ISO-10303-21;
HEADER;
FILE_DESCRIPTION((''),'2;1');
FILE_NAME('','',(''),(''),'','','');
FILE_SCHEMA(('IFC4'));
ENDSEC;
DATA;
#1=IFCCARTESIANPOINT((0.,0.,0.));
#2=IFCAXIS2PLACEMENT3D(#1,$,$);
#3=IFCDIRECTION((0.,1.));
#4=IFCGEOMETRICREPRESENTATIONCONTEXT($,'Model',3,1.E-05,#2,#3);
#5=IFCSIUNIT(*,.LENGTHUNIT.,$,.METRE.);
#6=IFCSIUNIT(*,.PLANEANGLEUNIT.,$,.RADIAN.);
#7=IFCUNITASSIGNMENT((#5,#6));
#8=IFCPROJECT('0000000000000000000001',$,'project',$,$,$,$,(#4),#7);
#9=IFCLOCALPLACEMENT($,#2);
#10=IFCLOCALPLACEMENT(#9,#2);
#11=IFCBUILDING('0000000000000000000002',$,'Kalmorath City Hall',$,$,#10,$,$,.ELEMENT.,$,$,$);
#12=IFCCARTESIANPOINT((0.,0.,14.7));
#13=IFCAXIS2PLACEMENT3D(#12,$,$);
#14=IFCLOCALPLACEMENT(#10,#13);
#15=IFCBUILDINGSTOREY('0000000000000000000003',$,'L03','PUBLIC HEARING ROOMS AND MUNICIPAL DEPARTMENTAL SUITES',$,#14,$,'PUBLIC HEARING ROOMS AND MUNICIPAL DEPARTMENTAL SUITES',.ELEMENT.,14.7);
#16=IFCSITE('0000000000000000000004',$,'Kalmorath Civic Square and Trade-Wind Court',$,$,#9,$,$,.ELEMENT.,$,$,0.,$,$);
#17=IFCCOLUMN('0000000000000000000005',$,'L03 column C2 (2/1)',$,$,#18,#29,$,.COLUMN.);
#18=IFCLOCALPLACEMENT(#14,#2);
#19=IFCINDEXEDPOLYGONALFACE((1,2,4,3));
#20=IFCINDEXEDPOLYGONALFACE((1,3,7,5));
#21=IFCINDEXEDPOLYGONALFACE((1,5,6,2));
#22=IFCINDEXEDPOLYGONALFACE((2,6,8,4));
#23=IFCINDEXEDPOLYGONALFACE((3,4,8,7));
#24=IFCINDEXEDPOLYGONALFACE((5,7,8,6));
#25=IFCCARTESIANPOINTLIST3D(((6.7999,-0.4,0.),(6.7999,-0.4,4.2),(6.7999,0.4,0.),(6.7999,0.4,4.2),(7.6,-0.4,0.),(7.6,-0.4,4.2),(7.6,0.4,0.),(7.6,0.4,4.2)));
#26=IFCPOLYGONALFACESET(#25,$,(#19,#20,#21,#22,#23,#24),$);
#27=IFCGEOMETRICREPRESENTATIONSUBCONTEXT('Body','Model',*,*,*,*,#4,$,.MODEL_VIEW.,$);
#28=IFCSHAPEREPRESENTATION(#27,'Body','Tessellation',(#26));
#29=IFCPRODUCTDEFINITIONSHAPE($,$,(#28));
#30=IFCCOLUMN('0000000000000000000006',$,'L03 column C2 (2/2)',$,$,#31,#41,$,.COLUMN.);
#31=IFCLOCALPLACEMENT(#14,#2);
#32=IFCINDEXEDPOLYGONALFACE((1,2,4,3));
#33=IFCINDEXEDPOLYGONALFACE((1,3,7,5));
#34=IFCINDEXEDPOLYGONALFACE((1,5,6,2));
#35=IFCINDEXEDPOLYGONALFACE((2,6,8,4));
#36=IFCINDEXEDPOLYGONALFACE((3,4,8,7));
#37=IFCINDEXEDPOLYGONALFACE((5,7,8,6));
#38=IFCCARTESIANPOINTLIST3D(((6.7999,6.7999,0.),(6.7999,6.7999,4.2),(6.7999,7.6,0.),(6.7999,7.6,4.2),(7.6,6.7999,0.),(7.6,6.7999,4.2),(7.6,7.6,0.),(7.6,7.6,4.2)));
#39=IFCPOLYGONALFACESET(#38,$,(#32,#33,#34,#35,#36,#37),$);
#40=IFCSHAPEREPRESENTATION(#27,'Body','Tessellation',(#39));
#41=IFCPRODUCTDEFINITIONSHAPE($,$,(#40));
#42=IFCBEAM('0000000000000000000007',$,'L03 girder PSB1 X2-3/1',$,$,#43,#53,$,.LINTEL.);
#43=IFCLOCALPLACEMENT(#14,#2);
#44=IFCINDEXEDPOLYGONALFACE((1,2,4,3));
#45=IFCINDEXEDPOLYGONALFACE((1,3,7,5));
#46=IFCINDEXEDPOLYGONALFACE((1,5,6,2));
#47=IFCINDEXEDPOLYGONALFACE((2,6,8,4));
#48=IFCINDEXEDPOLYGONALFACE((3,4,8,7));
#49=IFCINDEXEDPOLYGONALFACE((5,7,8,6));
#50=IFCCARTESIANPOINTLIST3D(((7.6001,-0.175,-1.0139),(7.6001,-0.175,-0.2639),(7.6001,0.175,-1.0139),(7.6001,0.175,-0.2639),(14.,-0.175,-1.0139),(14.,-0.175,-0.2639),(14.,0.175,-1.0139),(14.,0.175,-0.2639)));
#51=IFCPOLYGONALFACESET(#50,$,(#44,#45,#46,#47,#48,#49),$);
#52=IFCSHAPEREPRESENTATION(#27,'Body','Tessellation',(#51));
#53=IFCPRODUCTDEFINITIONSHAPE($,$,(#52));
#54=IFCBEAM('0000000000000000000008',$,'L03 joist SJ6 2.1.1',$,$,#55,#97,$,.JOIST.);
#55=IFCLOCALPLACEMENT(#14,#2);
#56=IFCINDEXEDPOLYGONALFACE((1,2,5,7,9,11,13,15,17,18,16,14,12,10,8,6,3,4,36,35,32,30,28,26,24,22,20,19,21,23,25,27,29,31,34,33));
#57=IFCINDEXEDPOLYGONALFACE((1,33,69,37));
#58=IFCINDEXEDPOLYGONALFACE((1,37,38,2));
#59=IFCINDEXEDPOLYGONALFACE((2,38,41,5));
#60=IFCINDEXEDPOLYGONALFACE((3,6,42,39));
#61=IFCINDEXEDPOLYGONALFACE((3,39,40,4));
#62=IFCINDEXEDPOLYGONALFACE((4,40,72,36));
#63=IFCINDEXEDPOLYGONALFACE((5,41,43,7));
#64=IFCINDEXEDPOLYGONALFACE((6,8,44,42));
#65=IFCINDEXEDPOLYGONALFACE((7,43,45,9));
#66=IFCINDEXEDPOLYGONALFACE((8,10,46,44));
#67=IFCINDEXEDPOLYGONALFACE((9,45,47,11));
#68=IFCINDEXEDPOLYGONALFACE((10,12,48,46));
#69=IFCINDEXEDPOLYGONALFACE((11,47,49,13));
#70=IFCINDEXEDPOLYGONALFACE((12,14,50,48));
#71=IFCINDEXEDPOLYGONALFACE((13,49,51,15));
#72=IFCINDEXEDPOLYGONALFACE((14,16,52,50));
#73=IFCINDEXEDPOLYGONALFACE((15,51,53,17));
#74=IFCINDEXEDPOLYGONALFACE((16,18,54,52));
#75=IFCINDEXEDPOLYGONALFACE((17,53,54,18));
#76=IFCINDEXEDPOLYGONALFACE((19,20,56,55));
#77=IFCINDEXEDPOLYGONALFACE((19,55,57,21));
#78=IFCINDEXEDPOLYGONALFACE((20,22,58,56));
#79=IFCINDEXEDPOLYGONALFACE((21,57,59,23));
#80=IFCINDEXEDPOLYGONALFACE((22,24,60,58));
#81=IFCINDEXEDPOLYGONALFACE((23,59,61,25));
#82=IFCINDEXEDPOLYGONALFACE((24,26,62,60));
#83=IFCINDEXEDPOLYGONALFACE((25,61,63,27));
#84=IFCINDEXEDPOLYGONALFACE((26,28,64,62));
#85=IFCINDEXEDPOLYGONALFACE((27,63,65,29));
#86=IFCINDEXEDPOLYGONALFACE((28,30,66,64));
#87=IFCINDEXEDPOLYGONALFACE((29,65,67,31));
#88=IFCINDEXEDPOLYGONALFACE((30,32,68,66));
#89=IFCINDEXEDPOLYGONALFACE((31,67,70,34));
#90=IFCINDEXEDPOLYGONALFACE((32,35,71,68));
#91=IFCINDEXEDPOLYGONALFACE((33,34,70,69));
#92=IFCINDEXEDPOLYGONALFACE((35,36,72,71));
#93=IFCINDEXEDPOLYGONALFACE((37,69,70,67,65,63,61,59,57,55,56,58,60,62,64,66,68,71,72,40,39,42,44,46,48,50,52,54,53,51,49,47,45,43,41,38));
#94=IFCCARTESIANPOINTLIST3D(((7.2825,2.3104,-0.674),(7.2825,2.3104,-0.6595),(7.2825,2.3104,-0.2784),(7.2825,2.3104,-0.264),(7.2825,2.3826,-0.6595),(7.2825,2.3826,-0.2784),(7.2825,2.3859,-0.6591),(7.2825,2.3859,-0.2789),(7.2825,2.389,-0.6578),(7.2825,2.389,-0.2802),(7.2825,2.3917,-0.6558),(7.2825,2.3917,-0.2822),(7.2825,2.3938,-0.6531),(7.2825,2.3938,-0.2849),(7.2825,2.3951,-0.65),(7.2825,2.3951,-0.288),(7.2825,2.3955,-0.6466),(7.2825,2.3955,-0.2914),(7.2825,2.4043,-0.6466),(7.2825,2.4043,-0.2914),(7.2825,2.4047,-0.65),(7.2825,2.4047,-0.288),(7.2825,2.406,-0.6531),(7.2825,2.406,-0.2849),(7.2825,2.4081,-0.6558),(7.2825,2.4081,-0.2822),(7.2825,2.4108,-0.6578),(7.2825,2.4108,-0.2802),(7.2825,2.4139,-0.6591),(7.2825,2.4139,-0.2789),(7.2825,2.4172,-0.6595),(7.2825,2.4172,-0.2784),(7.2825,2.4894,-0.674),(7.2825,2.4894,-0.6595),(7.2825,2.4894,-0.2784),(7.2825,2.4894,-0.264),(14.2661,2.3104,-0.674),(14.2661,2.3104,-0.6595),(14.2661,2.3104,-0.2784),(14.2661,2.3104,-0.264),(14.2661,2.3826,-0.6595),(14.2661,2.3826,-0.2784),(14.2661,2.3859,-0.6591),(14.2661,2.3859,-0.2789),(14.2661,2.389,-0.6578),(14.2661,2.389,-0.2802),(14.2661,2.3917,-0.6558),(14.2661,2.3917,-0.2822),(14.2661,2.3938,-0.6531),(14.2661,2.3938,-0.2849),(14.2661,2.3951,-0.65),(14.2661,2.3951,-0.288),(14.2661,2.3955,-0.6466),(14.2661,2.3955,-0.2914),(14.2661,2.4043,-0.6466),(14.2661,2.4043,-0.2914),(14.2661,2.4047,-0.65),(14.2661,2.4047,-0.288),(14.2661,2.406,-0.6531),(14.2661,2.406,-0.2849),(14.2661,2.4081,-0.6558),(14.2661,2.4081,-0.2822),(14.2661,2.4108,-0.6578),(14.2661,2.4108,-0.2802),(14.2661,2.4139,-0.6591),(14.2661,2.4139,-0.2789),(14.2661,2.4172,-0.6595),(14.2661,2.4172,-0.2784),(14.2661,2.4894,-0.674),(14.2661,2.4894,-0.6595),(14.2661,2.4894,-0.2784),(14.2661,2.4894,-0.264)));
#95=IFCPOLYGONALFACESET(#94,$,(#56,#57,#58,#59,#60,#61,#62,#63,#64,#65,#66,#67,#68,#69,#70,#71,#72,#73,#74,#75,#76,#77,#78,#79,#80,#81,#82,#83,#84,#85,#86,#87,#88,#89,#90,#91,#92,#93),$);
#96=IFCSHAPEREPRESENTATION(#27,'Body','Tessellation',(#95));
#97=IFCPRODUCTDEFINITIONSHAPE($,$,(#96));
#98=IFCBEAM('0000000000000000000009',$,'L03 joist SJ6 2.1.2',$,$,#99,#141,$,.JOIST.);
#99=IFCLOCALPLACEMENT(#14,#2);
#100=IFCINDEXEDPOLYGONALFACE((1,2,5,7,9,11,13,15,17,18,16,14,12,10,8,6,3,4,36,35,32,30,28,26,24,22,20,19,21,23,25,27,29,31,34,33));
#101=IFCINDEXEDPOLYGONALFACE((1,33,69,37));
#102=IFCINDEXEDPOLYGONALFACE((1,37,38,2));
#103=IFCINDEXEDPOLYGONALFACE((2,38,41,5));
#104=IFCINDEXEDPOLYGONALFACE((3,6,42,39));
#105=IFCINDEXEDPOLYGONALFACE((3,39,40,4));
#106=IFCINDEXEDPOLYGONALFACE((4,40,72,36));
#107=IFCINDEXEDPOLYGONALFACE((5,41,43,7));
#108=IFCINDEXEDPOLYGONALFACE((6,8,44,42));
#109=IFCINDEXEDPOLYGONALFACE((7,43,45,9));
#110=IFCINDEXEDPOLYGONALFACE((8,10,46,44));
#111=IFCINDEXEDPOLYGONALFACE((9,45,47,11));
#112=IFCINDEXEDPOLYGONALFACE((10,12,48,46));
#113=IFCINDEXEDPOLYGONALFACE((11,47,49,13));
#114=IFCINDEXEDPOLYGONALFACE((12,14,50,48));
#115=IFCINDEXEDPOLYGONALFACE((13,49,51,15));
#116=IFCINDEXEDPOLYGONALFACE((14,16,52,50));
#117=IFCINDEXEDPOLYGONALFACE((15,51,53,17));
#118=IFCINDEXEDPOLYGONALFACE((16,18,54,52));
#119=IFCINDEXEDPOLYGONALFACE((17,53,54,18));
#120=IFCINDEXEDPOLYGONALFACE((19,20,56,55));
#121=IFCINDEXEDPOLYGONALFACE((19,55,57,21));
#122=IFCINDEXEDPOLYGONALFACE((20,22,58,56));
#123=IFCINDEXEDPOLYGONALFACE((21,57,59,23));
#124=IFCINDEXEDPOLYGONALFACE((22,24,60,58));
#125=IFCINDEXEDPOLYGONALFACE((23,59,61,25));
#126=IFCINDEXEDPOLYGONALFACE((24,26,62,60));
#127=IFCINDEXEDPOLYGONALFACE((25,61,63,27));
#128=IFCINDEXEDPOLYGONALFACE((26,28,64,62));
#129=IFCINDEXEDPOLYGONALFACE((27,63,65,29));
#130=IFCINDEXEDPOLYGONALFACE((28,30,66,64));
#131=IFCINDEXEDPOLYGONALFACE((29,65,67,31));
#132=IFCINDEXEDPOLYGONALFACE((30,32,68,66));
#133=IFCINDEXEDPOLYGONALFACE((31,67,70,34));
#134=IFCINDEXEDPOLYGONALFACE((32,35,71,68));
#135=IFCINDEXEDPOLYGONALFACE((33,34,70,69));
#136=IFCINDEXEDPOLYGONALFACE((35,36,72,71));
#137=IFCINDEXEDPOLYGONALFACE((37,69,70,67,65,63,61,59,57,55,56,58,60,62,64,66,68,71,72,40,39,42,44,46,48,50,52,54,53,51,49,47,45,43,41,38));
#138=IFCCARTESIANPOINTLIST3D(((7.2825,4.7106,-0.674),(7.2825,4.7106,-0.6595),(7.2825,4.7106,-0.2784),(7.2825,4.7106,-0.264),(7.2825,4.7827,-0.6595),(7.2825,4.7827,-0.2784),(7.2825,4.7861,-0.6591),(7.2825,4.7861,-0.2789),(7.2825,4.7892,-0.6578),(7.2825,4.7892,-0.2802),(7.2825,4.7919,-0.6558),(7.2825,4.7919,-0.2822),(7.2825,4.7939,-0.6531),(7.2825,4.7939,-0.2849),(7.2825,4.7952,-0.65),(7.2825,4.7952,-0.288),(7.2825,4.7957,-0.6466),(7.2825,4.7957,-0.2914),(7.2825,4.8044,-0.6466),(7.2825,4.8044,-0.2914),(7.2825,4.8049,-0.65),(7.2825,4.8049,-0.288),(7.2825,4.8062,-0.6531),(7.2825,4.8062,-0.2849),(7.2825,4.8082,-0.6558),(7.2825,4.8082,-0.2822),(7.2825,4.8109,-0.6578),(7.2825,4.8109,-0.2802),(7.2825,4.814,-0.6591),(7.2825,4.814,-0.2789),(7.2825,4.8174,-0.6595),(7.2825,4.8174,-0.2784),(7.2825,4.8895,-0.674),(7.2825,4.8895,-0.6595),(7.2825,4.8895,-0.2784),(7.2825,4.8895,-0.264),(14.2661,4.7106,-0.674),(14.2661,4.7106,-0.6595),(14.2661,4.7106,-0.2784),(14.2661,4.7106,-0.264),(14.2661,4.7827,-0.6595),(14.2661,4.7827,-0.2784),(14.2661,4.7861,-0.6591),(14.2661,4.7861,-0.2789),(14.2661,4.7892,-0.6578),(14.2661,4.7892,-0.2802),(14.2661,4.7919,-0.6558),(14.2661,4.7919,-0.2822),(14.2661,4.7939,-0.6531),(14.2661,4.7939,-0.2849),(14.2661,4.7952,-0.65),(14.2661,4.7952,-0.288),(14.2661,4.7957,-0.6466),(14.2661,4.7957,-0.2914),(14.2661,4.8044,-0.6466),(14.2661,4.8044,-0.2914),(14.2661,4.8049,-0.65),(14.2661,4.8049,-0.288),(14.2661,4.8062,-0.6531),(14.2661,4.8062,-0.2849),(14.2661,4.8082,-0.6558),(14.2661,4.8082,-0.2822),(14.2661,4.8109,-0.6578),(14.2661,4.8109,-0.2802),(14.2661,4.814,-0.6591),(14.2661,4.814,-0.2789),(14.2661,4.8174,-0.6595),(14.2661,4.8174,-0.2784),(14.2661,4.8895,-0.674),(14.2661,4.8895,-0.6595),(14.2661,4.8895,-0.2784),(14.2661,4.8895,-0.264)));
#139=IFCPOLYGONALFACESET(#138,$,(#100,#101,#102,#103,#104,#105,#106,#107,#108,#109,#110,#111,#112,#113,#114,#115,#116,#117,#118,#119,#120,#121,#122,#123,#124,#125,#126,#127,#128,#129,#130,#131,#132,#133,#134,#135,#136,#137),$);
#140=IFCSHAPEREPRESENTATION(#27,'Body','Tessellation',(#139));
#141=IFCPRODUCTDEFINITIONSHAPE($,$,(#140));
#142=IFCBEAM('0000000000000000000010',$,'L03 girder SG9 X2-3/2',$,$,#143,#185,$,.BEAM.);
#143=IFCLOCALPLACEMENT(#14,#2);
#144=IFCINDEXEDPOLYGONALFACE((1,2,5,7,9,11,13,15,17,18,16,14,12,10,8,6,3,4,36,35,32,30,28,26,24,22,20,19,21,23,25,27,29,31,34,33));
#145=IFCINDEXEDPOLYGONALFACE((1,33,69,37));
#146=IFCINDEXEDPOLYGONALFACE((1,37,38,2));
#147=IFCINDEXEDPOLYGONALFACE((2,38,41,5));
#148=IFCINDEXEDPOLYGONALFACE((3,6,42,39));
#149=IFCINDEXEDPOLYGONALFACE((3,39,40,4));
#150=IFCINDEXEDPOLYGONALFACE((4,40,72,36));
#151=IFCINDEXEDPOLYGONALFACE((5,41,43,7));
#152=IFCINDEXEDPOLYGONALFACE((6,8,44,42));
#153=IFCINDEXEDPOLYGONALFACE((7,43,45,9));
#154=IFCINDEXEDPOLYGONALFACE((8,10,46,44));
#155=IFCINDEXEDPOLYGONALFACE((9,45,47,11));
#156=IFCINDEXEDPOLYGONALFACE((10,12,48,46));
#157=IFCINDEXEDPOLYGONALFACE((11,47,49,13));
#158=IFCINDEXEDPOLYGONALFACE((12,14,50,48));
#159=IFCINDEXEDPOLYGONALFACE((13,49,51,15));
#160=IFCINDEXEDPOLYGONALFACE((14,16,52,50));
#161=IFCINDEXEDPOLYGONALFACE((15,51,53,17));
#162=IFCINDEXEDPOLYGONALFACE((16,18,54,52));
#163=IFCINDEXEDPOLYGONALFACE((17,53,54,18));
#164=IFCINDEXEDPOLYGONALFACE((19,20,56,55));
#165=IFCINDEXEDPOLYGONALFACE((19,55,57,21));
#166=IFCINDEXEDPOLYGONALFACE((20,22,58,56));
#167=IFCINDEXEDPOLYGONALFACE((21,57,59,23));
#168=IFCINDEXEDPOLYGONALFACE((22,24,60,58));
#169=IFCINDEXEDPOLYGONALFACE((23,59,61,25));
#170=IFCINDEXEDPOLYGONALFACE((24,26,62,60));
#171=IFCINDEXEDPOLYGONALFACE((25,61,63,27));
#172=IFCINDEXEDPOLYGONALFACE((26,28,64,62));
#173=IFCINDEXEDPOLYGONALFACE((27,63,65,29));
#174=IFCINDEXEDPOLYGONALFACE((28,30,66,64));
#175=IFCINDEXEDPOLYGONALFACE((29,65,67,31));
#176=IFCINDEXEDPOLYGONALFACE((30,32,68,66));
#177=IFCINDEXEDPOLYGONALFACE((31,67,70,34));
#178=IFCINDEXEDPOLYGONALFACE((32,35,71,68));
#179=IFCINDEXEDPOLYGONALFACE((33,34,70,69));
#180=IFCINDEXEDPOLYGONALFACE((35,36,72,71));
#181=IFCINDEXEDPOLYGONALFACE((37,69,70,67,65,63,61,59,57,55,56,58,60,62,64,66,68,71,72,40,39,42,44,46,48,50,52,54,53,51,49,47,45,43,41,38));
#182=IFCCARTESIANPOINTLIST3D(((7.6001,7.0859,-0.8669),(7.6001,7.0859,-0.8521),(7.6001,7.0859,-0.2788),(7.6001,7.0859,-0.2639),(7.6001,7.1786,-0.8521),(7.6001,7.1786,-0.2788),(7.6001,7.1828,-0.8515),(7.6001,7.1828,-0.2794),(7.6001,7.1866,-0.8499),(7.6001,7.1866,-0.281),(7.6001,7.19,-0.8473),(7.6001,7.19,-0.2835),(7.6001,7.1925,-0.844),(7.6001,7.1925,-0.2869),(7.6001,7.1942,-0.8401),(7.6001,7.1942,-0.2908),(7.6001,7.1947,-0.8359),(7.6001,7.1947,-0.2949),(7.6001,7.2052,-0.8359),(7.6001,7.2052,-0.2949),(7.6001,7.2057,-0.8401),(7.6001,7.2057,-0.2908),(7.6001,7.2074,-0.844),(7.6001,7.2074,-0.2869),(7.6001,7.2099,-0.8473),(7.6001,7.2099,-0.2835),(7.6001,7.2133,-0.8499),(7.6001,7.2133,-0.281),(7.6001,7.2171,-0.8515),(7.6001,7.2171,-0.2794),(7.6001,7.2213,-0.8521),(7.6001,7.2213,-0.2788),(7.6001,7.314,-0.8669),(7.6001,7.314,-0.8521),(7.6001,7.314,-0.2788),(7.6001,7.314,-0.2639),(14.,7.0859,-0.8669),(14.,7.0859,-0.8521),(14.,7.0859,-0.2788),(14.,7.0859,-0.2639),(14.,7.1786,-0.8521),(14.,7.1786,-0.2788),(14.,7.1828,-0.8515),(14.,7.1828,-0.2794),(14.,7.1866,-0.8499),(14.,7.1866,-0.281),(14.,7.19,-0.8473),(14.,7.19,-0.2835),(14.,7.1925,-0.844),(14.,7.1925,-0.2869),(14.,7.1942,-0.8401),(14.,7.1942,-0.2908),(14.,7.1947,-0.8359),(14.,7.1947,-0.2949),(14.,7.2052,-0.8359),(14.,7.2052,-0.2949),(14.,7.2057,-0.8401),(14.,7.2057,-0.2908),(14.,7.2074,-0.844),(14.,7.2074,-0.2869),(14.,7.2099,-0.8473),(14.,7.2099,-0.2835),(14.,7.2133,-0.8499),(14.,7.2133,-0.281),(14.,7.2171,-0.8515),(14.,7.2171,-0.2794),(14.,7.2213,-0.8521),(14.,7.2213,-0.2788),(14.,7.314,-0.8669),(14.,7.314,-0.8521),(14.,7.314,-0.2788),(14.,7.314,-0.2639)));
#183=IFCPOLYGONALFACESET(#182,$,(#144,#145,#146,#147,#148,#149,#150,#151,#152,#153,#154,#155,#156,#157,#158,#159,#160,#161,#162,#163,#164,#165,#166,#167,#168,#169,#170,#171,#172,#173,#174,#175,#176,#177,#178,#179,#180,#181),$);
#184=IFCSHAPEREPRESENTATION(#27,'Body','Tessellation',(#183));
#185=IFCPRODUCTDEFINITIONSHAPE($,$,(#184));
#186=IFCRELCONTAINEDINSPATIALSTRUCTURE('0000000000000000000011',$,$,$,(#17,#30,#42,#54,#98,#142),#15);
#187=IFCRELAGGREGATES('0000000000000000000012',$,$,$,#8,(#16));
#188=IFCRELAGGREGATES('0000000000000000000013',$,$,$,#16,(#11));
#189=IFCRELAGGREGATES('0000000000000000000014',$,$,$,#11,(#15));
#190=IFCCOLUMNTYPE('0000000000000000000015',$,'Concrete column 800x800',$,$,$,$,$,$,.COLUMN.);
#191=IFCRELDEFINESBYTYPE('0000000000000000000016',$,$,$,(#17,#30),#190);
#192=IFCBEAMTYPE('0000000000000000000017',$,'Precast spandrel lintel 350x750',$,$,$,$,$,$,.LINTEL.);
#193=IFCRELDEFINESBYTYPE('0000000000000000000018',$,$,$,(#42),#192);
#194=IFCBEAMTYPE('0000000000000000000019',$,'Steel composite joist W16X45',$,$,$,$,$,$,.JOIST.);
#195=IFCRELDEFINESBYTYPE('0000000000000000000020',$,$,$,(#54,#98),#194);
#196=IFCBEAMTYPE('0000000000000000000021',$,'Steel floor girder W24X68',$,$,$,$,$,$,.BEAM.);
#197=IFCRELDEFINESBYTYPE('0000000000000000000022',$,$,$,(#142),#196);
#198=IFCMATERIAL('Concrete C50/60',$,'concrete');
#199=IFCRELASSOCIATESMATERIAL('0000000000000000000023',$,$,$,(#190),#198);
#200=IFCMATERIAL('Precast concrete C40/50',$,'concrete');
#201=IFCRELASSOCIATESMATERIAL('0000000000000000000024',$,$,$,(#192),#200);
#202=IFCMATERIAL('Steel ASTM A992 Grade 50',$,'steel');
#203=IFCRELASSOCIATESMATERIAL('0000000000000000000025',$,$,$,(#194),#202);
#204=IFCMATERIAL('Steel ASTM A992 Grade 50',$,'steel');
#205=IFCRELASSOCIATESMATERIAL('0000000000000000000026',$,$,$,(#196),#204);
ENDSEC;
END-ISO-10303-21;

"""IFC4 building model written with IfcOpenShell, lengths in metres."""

from ifc_helpers import new_model, si_unit, direction, frame, origin, origin_2d, place, context, subcontext, project, spatial, rectangle, i_section, extrude, material, material_profile, profile_set, type_object, element, save


model = new_model("IFC4")

# Units and contexts
model_context = context("Model", 3, precision=1e-05, world=origin(), true_north=direction((0.0, 1.0)))
body_context = subcontext(model_context, "Body", "Model", "MODEL_VIEW")
ifc_project = project(units=[si_unit("LENGTHUNIT", "METRE"), si_unit("PLANEANGLEUNIT", "RADIAN")], contexts=[model_context])

# Site, building, storey
site_placement = place(None, origin())
site = spatial("IfcSite", under=ifc_project, at=site_placement, Name="Kalmorath Civic Square and Trade-Wind Court", CompositionType="ELEMENT", RefElevation=0.0)
building_placement = place(site_placement, origin())
building = spatial("IfcBuilding", under=site, at=building_placement, Name="Kalmorath City Hall", CompositionType="ELEMENT")
storey_placement = place(building_placement, frame((0.0, 0.0, 14.7)))
storey = spatial("IfcBuildingStorey", under=building, at=storey_placement, Name="L03", Description="PUBLIC HEARING ROOMS AND MUNICIPAL DEPARTMENTAL SUITES", LongName="PUBLIC HEARING ROOMS AND MUNICIPAL DEPARTMENTAL SUITES", CompositionType="ELEMENT", Elevation=14.7)

# Columns
ifc_material_1 = material(Name="Concrete C50/60", Category="concrete")
ifc_material_profile_1 = material_profile(ifc_material_1, rectangle(XDim=0.8, YDim=0.8, at=origin_2d()), Name="RC-COL-800X800")
ifc_profile_set_1 = profile_set([ifc_material_profile_1], Name="Concrete C50/60")
column_type = type_object("IfcColumnType", Name="Concrete column 800x800", PredefinedType="COLUMN", material=ifc_profile_set_1)
for number, where, z_axis, x_axis, name in (
    (1, (7.2, 0.0, 0.0), (0.0, 0.0, 1.0), (1.0, 0.0, 0.0), "L03 column C2 (2/1)"),
    (2, (7.2, 7.2, 0.0), (0.0, 0.0, 1.0), (1.0, 0.0, 0.0), "L03 column C2 (2/2)"),
):
    element("IfcColumn", number, at=place(storey_placement, frame(where, z_axis=z_axis, x_axis=x_axis)), inside=storey, type_object=column_type, Name=name, PredefinedType="COLUMN", context=body_context, shape_type="SweptSolid", body=[
        extrude(rectangle(XDim=0.8, YDim=0.8, at=origin_2d()), origin(), (0.0, 0.0, 1.0), 4.2),
    ])

# Beams
ifc_material_2 = material(Name="Precast concrete C40/50", Category="concrete")
ifc_material_profile_2 = material_profile(ifc_material_2, rectangle(XDim=0.3501, YDim=0.75, at=origin_2d()), Name="PC-SP-350X750")
ifc_profile_set_2 = profile_set([ifc_material_profile_2], Name="Precast concrete C40/50")
beam_type_1 = type_object("IfcBeamType", Name="Precast spandrel lintel 350x750", PredefinedType="LINTEL", material=ifc_profile_set_2)
beam_1_placement = place(storey_placement, frame((7.6001, 0.0, -0.6389), z_axis=(1.0, 0.0, 0.0), x_axis=(0.0, 1.0, 0.0)))
element("IfcBeam", 3, at=beam_1_placement, inside=storey, type_object=beam_type_1, Name="L03 girder PSB1 X2-3/1", PredefinedType="LINTEL", context=body_context, shape_type="SweptSolid", body=[
    extrude(rectangle(XDim=0.3501, YDim=0.75, at=origin_2d()), origin(), (0.0, 0.0, 1.0), 6.3999),
])
ifc_material_3 = material(Name="Steel ASTM A992 Grade 50", Category="steel")
ifc_material_profile_3 = material_profile(ifc_material_3, i_section(OverallWidth=0.179, OverallDepth=0.4099, WebThickness=0.0088, FlangeThickness=0.0144, FilletRadius=0.0129, at=origin_2d()), Name="W16X45")
ifc_profile_set_3 = profile_set([ifc_material_profile_3], Name="Steel ASTM A992 Grade 50")
beam_type_2 = type_object("IfcBeamType", Name="Steel composite joist W16X45", PredefinedType="JOIST", material=ifc_profile_set_3)
for number, where, z_axis, x_axis, name in (
    (4, (7.2825, 2.3999, -0.469), (1.0, 0.0, 0.0), (0.0, 1.0, 0.0), "L03 joist SJ6 2.1.1"),
    (5, (7.2825, 4.8, -0.469), (1.0, 0.0, 0.0), (0.0, 1.0, 0.0), "L03 joist SJ6 2.1.2"),
):
    element("IfcBeam", number, at=place(storey_placement, frame(where, z_axis=z_axis, x_axis=x_axis)), inside=storey, type_object=beam_type_2, Name=name, PredefinedType="JOIST", context=body_context, shape_type="SweptSolid", body=[
        extrude(i_section(OverallWidth=0.179, OverallDepth=0.4099, WebThickness=0.0088, FlangeThickness=0.0144, FilletRadius=0.0129, at=origin_2d()), origin(), (0.0, 0.0, 1.0), 6.9836),
    ])
ifc_material_4 = material(Name="Steel ASTM A992 Grade 50", Category="steel")
ifc_material_profile_4 = material_profile(ifc_material_4, i_section(OverallWidth=0.228, OverallDepth=0.603, WebThickness=0.0105, FlangeThickness=0.0149, FilletRadius=0.0161, at=origin_2d()), Name="W24X68")
ifc_profile_set_4 = profile_set([ifc_material_profile_4], Name="Steel ASTM A992 Grade 50")
beam_type_3 = type_object("IfcBeamType", Name="Steel floor girder W24X68", PredefinedType="BEAM", material=ifc_profile_set_4)
beam_2_placement = place(storey_placement, frame((7.6001, 7.2, -0.5654), z_axis=(1.0, 0.0, 0.0), x_axis=(0.0, 1.0, 0.0)))
element("IfcBeam", 6, at=beam_2_placement, inside=storey, type_object=beam_type_3, Name="L03 girder SG9 X2-3/2", PredefinedType="BEAM", context=body_context, shape_type="SweptSolid", body=[
    extrude(i_section(OverallWidth=0.228, OverallDepth=0.603, WebThickness=0.0105, FlangeThickness=0.0149, FilletRadius=0.0161, at=origin_2d()), origin(), (0.0, 0.0, 1.0), 6.3999),
])

save(model, "model.ifc")
